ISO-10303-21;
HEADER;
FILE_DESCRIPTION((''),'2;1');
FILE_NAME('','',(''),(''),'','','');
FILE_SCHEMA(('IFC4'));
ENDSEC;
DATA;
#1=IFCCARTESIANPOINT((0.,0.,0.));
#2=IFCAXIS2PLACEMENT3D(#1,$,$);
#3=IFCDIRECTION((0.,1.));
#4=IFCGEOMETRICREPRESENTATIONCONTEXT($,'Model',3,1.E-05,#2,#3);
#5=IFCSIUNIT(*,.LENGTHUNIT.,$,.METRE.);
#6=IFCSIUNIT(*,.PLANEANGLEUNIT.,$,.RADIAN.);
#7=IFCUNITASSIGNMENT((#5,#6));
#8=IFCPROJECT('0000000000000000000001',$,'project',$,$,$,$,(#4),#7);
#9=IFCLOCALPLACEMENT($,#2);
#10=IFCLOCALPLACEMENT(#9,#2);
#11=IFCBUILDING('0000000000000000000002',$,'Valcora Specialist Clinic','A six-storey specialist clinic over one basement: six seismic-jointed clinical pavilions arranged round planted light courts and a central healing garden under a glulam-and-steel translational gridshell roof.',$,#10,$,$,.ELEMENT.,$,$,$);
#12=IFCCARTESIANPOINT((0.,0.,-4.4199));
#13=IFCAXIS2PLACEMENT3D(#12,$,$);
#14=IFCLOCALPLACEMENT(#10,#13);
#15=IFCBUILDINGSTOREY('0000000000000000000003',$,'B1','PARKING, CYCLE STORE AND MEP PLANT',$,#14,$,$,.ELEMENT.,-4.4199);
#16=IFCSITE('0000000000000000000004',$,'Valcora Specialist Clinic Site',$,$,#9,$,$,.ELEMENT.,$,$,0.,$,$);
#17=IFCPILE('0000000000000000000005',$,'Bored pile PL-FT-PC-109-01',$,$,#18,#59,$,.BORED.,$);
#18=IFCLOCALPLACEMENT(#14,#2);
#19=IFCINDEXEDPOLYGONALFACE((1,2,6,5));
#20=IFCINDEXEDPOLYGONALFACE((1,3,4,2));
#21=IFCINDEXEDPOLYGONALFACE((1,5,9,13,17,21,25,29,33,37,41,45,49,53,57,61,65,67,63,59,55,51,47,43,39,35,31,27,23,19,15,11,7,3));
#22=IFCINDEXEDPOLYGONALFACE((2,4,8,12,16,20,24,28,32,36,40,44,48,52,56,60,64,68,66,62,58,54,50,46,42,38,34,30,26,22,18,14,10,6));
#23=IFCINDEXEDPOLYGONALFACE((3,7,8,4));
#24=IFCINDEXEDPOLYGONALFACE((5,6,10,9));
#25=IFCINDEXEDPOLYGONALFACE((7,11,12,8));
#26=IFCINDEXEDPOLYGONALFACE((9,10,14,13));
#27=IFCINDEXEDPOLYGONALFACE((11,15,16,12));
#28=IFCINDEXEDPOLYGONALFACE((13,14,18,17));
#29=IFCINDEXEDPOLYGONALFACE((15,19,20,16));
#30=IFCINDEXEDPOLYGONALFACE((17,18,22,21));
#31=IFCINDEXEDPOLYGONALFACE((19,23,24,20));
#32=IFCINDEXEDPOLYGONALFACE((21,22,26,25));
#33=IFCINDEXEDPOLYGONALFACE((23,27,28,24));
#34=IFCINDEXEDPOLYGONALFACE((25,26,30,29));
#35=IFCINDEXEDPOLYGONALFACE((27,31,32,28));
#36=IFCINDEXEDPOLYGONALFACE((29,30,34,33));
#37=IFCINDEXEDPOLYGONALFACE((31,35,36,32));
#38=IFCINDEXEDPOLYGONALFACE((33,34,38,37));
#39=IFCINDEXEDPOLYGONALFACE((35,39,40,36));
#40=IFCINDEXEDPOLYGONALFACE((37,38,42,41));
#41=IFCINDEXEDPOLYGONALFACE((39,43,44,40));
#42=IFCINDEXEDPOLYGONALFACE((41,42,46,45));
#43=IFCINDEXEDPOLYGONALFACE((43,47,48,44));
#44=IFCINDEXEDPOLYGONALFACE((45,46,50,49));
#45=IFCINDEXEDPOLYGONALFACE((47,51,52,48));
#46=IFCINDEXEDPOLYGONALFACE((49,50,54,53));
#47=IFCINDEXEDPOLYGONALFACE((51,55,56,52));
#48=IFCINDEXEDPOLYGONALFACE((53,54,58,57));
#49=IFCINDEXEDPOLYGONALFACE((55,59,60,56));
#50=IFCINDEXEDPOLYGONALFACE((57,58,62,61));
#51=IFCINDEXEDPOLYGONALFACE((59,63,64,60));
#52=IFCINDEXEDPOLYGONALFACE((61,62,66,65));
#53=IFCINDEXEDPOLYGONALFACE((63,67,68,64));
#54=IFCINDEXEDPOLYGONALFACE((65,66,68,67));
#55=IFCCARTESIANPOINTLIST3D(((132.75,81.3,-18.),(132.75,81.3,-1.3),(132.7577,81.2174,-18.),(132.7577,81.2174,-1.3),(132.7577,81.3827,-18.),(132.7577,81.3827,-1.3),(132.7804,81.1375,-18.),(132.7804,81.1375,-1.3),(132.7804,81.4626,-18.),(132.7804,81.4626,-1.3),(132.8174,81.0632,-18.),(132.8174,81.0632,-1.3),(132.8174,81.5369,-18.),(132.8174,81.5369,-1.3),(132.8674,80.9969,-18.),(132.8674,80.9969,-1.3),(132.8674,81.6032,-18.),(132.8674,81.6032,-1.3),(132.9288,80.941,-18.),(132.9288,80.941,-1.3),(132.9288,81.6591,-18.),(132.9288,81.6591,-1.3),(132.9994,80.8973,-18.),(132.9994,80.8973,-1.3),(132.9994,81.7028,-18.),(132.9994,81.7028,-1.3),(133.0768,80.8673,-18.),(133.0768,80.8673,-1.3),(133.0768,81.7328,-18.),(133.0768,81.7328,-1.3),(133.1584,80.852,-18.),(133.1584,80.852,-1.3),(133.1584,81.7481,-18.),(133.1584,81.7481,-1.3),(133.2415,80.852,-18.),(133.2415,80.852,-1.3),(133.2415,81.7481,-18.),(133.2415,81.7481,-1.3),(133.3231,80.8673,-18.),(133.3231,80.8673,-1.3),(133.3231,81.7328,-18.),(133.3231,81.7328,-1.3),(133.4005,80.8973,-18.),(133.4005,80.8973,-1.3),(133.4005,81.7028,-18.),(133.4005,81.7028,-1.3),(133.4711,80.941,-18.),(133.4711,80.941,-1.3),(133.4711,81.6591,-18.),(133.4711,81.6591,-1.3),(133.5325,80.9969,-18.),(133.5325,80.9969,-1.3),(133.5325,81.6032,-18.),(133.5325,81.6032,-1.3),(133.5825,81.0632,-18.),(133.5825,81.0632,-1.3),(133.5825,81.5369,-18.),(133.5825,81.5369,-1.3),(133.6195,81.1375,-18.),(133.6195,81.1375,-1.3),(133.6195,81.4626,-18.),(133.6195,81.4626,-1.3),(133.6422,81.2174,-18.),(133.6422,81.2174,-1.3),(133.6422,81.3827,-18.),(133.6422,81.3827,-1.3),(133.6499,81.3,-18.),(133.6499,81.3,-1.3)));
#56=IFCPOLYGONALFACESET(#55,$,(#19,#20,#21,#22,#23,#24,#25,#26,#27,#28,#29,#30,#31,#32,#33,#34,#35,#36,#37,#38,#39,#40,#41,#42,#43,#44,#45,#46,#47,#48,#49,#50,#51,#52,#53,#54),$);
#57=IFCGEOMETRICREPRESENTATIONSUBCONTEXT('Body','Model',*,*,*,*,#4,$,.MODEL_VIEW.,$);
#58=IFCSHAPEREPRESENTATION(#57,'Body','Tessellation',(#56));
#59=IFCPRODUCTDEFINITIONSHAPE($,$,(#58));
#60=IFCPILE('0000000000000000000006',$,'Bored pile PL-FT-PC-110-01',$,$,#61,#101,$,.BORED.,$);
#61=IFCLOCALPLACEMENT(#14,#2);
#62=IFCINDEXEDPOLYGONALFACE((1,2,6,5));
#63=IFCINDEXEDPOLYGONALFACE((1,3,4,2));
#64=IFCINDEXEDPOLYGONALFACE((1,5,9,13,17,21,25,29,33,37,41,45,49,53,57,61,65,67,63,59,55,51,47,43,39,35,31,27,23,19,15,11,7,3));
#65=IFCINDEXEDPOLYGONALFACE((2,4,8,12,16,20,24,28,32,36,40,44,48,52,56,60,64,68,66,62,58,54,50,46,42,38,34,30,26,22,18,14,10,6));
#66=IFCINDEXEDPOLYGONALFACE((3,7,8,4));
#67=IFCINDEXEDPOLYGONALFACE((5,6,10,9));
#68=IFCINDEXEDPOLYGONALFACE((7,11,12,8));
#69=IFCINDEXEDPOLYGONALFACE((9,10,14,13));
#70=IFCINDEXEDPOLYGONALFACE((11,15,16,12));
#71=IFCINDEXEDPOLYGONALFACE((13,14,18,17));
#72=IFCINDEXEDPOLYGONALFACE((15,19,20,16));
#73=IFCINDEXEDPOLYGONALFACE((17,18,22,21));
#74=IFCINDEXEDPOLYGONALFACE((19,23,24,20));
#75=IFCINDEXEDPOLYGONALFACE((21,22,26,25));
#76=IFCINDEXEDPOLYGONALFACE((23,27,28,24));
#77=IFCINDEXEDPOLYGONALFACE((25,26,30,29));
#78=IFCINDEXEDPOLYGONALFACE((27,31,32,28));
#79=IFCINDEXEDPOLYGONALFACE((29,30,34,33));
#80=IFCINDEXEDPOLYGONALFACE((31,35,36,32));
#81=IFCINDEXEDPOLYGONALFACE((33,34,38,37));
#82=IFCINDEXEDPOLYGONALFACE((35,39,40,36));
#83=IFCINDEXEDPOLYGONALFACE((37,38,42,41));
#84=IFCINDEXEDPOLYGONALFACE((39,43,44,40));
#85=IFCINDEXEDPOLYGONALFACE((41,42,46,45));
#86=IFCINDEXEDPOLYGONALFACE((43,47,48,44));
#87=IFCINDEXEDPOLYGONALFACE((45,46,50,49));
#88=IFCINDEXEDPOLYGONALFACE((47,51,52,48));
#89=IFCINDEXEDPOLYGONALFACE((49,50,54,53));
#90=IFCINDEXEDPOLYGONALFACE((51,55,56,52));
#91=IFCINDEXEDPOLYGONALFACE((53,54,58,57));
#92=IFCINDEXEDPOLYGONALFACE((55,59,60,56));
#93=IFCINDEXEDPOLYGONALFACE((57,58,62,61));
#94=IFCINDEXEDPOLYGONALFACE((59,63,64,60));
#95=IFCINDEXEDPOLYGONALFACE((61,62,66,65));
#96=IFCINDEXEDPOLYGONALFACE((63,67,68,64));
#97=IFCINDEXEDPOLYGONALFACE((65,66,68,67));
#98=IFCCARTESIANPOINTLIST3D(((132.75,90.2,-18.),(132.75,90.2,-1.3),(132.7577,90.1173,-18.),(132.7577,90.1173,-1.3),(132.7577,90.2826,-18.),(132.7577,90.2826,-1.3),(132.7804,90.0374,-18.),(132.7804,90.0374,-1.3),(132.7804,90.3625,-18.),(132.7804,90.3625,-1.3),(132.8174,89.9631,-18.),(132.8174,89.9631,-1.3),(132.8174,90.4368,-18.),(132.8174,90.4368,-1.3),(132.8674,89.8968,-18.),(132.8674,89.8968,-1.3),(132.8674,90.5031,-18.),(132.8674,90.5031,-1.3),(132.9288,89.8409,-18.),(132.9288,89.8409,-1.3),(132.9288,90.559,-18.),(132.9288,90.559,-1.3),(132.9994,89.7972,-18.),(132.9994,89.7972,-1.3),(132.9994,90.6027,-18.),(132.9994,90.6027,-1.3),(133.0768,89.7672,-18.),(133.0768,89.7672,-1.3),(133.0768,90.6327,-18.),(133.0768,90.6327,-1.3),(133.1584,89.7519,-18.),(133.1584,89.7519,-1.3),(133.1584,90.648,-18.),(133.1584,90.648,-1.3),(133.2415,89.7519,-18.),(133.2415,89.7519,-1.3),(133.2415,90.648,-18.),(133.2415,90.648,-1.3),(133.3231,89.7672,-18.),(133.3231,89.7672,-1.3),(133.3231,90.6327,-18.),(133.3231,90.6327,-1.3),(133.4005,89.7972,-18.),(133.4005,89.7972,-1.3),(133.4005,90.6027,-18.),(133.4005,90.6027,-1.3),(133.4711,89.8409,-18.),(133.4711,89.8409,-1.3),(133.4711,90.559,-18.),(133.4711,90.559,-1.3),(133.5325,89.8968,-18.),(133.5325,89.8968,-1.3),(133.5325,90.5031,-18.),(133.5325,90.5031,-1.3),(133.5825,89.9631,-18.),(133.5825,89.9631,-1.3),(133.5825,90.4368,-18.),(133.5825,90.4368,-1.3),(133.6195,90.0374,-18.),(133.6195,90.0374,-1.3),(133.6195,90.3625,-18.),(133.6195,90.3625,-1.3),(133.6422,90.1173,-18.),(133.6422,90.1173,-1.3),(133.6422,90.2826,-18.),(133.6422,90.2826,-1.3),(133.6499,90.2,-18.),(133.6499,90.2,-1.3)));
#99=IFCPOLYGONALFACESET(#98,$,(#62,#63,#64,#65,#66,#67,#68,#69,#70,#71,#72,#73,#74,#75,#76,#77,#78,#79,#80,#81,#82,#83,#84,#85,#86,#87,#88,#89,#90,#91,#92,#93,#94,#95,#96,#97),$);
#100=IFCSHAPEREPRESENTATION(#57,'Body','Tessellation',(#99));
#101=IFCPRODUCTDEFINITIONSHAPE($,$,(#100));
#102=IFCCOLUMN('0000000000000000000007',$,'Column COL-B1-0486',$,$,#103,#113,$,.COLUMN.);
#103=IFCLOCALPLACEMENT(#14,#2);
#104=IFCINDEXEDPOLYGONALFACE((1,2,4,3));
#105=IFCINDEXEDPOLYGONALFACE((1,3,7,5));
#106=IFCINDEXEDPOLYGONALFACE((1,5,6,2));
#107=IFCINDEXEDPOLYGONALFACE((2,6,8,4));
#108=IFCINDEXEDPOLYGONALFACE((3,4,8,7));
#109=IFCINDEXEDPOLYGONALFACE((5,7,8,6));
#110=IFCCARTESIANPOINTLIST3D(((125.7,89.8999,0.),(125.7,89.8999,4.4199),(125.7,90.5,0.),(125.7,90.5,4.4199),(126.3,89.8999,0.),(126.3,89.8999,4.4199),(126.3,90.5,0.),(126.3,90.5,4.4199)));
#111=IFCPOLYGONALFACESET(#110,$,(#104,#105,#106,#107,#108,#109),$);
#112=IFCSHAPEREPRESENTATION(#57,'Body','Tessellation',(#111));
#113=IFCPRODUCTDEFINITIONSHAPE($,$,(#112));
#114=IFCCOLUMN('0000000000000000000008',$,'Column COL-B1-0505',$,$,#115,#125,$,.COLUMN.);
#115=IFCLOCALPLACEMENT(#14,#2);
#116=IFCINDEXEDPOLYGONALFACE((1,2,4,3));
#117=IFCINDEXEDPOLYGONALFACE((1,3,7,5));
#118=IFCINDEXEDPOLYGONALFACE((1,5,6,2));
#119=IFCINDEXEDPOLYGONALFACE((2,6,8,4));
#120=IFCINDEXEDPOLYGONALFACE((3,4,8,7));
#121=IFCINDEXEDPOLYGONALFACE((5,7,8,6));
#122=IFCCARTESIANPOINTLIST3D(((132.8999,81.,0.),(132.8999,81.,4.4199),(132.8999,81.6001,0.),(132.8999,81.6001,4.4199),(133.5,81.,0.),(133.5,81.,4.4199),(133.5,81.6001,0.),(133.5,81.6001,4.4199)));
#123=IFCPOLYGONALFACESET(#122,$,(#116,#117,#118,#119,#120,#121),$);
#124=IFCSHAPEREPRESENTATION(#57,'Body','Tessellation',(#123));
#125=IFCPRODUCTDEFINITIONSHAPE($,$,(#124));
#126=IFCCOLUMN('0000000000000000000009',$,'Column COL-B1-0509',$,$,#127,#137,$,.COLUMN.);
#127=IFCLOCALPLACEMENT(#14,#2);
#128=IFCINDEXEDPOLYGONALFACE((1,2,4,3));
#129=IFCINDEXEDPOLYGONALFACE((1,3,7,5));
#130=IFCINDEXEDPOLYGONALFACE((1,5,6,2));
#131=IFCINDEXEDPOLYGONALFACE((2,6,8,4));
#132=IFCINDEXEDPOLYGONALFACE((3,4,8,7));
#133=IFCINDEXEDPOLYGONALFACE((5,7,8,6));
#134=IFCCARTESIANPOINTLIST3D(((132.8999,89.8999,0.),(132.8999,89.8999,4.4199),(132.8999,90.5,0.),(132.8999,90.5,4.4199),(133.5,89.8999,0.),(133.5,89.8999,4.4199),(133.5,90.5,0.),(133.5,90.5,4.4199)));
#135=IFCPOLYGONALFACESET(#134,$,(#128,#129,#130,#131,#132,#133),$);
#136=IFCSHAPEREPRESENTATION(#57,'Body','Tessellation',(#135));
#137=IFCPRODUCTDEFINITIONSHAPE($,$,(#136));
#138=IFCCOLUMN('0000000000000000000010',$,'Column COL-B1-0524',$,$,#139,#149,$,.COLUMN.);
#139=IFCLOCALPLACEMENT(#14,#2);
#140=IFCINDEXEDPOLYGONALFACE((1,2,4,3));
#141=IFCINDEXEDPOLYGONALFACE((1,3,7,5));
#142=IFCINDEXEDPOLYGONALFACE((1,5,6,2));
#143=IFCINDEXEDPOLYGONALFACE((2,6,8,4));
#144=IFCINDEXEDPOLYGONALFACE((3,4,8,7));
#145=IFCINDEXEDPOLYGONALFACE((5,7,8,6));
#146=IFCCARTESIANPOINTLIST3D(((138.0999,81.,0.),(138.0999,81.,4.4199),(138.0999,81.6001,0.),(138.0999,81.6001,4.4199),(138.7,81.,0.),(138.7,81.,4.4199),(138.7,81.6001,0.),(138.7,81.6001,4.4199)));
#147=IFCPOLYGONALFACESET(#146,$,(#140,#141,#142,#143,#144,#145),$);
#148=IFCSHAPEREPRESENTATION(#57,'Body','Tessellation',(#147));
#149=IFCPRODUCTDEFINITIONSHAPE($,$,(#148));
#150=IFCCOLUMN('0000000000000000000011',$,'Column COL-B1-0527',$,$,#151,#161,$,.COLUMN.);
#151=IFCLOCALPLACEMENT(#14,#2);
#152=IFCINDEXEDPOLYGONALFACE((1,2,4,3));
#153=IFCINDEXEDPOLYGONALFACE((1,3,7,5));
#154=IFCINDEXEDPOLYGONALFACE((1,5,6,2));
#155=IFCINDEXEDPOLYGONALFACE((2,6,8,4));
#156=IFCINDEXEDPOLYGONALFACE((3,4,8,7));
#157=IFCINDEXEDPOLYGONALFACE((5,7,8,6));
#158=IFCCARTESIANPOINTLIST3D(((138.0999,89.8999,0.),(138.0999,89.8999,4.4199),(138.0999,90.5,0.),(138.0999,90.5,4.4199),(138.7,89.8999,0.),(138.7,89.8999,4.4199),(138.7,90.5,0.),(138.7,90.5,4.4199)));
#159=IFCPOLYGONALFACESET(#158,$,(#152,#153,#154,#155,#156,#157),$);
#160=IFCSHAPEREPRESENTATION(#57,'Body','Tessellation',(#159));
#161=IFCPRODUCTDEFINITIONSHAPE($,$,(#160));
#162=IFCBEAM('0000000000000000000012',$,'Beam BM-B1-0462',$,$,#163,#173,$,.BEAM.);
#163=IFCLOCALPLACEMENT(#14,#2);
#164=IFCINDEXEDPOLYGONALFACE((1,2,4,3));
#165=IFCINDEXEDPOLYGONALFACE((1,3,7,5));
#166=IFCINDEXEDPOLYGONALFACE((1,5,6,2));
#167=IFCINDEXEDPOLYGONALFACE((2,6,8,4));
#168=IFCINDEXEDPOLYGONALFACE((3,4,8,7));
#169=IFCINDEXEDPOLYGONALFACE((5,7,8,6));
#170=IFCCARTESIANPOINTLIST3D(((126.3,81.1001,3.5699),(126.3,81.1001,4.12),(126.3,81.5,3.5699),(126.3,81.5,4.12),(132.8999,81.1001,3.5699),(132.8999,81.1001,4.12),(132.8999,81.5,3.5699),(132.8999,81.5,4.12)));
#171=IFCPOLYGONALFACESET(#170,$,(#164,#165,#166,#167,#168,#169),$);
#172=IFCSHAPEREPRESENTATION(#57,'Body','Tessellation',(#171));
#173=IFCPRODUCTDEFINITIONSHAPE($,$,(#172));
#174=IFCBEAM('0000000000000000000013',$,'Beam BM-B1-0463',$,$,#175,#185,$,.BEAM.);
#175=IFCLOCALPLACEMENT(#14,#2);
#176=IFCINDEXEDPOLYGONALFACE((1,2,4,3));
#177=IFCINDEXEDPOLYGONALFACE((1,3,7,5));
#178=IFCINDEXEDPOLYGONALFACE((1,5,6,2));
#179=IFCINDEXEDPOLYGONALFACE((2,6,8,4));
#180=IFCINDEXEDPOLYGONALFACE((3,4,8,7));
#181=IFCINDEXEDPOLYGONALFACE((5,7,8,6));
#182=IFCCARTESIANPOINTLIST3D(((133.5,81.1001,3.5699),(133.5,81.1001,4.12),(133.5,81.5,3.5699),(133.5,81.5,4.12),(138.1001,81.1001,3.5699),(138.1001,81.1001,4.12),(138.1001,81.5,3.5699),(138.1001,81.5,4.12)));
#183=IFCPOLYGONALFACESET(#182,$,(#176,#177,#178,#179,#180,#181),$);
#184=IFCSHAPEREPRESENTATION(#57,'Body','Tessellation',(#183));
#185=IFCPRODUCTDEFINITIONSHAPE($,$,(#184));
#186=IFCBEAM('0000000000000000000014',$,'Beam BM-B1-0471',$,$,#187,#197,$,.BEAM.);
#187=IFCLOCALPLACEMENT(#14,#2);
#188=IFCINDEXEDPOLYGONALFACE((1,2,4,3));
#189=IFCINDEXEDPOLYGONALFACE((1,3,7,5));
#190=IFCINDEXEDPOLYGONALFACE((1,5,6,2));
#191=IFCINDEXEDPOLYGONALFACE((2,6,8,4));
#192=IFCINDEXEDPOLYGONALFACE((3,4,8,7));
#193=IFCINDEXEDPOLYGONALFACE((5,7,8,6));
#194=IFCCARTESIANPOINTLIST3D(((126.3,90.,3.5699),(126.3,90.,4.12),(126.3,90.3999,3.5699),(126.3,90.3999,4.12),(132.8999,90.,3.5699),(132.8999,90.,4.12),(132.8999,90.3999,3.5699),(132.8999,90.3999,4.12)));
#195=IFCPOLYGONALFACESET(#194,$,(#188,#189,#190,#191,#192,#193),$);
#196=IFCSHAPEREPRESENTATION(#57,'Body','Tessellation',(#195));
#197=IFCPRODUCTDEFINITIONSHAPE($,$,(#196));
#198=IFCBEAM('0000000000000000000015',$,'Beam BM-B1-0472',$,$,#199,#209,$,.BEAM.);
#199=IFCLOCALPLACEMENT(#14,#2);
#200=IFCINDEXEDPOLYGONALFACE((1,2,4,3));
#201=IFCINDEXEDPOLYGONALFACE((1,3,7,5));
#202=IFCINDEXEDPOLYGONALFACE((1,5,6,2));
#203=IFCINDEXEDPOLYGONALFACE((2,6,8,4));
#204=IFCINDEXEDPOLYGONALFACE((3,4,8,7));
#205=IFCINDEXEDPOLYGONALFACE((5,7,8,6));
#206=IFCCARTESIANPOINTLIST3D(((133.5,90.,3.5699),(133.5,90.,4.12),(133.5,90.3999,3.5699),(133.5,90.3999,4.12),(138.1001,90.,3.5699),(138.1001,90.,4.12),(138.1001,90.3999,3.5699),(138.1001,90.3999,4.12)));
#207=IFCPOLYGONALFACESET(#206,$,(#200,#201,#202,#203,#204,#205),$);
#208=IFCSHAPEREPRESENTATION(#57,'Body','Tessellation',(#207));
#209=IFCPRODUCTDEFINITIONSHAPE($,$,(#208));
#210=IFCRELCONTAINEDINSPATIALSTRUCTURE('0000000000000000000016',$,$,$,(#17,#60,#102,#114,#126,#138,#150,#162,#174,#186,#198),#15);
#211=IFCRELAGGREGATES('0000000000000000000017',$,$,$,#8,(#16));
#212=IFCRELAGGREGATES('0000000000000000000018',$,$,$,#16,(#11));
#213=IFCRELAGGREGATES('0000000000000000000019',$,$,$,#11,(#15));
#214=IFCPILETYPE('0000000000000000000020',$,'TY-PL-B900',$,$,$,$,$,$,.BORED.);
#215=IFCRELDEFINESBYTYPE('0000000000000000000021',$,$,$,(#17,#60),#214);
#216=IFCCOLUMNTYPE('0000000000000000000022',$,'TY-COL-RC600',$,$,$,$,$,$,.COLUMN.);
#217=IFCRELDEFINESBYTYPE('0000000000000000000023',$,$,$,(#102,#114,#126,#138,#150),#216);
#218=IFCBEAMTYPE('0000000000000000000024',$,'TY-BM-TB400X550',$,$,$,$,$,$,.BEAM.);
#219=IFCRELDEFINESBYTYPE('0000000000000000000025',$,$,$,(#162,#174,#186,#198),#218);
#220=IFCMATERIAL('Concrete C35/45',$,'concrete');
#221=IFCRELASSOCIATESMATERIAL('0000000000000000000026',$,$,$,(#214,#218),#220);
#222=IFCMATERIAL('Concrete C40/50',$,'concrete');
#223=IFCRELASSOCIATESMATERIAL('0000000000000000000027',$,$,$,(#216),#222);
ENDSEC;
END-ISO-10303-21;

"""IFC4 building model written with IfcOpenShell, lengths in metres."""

from ifc_helpers import new_model, si_unit, direction, frame, origin, origin_2d, place, context, subcontext, project, spatial, rectangle, circle, extrude, material, material_profile, profile_set, type_object, element, save


model = new_model("IFC4")

# Units and contexts
model_context = context("Model", 3, precision=1e-05, world=origin(), true_north=direction((0.0, 1.0)))
body_context = subcontext(model_context, "Body", "Model", "MODEL_VIEW")
ifc_project = project(units=[si_unit("LENGTHUNIT", "METRE"), si_unit("PLANEANGLEUNIT", "RADIAN")], contexts=[model_context])

# Site, building, storey
site_placement = place(None, origin())
site = spatial("IfcSite", under=ifc_project, at=site_placement, Name="Valcora Specialist Clinic Site", CompositionType="ELEMENT", RefElevation=0.0)
building_placement = place(site_placement, origin())
building = spatial("IfcBuilding", under=site, at=building_placement, Name="Valcora Specialist Clinic", Description="A six-storey specialist clinic over one basement: six seismic-jointed clinical pavilions arranged round planted light courts and a central healing garden under a glulam-and-steel translational gridshell roof.", CompositionType="ELEMENT")
storey_placement = place(building_placement, frame((0.0, 0.0, -4.4199)))
storey = spatial("IfcBuildingStorey", under=building, at=storey_placement, Name="B1", Description="PARKING, CYCLE STORE AND MEP PLANT", CompositionType="ELEMENT", Elevation=-4.4199)

# Shared definitions
ifc_material_1 = material(Name="Concrete C35/45", Category="concrete")

# Piles
ifc_material_profile_1 = material_profile(ifc_material_1, circle(Radius=0.45, at=origin_2d()), Name="RC-PIL-D900")
ifc_profile_set_1 = profile_set([ifc_material_profile_1], Name="Concrete C35/45")
pile_type_1 = type_object("IfcPileType", Name="TY-PL-B900", PredefinedType="BORED", material=ifc_profile_set_1)
for number, where, z_axis, x_axis, name in (
    (1, (133.2, 81.3, -1.3), (0.0, 0.0, -1.0), (1.0, 0.0, 0.0), "Bored pile PL-FT-PC-109-01"),
    (2, (133.2, 90.2, -1.3), (0.0, 0.0, -1.0), (1.0, 0.0, 0.0), "Bored pile PL-FT-PC-110-01"),
):
    element("IfcPile", number, at=place(storey_placement, frame(where, z_axis=z_axis, x_axis=x_axis)), inside=storey, type_object=pile_type_1, Name=name, PredefinedType="BORED", context=body_context, shape_type="SweptSolid", body=[
        extrude(circle(Radius=0.45, at=origin_2d()), origin(), (0.0, 0.0, 1.0), 16.7),
    ])

# Columns
ifc_material_2 = material(Name="Concrete C40/50", Category="concrete")
ifc_material_profile_2 = material_profile(ifc_material_2, rectangle(XDim=0.6001, YDim=0.6001, at=origin_2d()), Name="RC-COL-600X600")
ifc_profile_set_2 = profile_set([ifc_material_profile_2], Name="Concrete C40/50")
column_type = type_object("IfcColumnType", Name="TY-COL-RC600", PredefinedType="COLUMN", material=ifc_profile_set_2)
for number, where, z_axis, x_axis, name in (
    (3, (126.0, 90.2, 0.0), (0.0, 0.0, 1.0), (1.0, 0.0, 0.0), "Column COL-B1-0486"),
    (4, (133.2, 81.3, 0.0), (0.0, 0.0, 1.0), (1.0, 0.0, 0.0), "Column COL-B1-0505"),
    (5, (133.2, 90.2, 0.0), (0.0, 0.0, 1.0), (1.0, 0.0, 0.0), "Column COL-B1-0509"),
    (6, (138.3999, 81.3, 0.0), (0.0, 0.0, 1.0), (1.0, 0.0, 0.0), "Column COL-B1-0524"),
    (7, (138.3999, 90.2, 0.0), (0.0, 0.0, 1.0), (1.0, 0.0, 0.0), "Column COL-B1-0527"),
):
    element("IfcColumn", number, at=place(storey_placement, frame(where, z_axis=z_axis, x_axis=x_axis)), inside=storey, type_object=column_type, Name=name, PredefinedType="COLUMN", context=body_context, shape_type="SweptSolid", body=[
        extrude(rectangle(XDim=0.6001, YDim=0.6001, at=origin_2d()), origin(), (0.0, 0.0, 1.0), 4.4199),
    ])

# Beams
ifc_material_profile_3 = material_profile(ifc_material_1, rectangle(XDim=0.3999, YDim=0.55, at=origin_2d()), Name="RC-TB-400X550")
ifc_profile_set_3 = profile_set([ifc_material_profile_3], Name="Concrete C35/45")
beam_type = type_object("IfcBeamType", Name="TY-BM-TB400X550", PredefinedType="BEAM", material=ifc_profile_set_3)
beam_1_placement = place(storey_placement, frame((126.3, 81.3, 3.845), z_axis=(1.0, 0.0, 0.0), x_axis=(0.0, 1.0, 0.0)))
element("IfcBeam", 8, at=beam_1_placement, inside=storey, type_object=beam_type, Name="Beam BM-B1-0462", PredefinedType="BEAM", context=body_context, shape_type="SweptSolid", body=[
    extrude(rectangle(XDim=0.3999, YDim=0.55, at=origin_2d()), origin(), (0.0, 0.0, 1.0), 6.5999),
])
beam_2_placement = place(storey_placement, frame((133.5, 81.3, 3.845), z_axis=(1.0, 0.0, 0.0), x_axis=(0.0, 1.0, 0.0)))
element("IfcBeam", 9, at=beam_2_placement, inside=storey, type_object=beam_type, Name="Beam BM-B1-0463", PredefinedType="BEAM", context=body_context, shape_type="SweptSolid", body=[
    extrude(rectangle(XDim=0.3999, YDim=0.55, at=origin_2d()), origin(), (0.0, 0.0, 1.0), 4.6001),
])
beam_3_placement = place(storey_placement, frame((126.3, 90.2, 3.845), z_axis=(1.0, 0.0, 0.0), x_axis=(0.0, 1.0, 0.0)))
element("IfcBeam", 10, at=beam_3_placement, inside=storey, type_object=beam_type, Name="Beam BM-B1-0471", PredefinedType="BEAM", context=body_context, shape_type="SweptSolid", body=[
    extrude(rectangle(XDim=0.3999, YDim=0.55, at=origin_2d()), origin(), (0.0, 0.0, 1.0), 6.5999),
])
beam_4_placement = place(storey_placement, frame((133.5, 90.2, 3.845), z_axis=(1.0, 0.0, 0.0), x_axis=(0.0, 1.0, 0.0)))
element("IfcBeam", 11, at=beam_4_placement, inside=storey, type_object=beam_type, Name="Beam BM-B1-0472", PredefinedType="BEAM", context=body_context, shape_type="SweptSolid", body=[
    extrude(rectangle(XDim=0.3999, YDim=0.55, at=origin_2d()), origin(), (0.0, 0.0, 1.0), 4.6001),
])

save(model, "model.ifc")
